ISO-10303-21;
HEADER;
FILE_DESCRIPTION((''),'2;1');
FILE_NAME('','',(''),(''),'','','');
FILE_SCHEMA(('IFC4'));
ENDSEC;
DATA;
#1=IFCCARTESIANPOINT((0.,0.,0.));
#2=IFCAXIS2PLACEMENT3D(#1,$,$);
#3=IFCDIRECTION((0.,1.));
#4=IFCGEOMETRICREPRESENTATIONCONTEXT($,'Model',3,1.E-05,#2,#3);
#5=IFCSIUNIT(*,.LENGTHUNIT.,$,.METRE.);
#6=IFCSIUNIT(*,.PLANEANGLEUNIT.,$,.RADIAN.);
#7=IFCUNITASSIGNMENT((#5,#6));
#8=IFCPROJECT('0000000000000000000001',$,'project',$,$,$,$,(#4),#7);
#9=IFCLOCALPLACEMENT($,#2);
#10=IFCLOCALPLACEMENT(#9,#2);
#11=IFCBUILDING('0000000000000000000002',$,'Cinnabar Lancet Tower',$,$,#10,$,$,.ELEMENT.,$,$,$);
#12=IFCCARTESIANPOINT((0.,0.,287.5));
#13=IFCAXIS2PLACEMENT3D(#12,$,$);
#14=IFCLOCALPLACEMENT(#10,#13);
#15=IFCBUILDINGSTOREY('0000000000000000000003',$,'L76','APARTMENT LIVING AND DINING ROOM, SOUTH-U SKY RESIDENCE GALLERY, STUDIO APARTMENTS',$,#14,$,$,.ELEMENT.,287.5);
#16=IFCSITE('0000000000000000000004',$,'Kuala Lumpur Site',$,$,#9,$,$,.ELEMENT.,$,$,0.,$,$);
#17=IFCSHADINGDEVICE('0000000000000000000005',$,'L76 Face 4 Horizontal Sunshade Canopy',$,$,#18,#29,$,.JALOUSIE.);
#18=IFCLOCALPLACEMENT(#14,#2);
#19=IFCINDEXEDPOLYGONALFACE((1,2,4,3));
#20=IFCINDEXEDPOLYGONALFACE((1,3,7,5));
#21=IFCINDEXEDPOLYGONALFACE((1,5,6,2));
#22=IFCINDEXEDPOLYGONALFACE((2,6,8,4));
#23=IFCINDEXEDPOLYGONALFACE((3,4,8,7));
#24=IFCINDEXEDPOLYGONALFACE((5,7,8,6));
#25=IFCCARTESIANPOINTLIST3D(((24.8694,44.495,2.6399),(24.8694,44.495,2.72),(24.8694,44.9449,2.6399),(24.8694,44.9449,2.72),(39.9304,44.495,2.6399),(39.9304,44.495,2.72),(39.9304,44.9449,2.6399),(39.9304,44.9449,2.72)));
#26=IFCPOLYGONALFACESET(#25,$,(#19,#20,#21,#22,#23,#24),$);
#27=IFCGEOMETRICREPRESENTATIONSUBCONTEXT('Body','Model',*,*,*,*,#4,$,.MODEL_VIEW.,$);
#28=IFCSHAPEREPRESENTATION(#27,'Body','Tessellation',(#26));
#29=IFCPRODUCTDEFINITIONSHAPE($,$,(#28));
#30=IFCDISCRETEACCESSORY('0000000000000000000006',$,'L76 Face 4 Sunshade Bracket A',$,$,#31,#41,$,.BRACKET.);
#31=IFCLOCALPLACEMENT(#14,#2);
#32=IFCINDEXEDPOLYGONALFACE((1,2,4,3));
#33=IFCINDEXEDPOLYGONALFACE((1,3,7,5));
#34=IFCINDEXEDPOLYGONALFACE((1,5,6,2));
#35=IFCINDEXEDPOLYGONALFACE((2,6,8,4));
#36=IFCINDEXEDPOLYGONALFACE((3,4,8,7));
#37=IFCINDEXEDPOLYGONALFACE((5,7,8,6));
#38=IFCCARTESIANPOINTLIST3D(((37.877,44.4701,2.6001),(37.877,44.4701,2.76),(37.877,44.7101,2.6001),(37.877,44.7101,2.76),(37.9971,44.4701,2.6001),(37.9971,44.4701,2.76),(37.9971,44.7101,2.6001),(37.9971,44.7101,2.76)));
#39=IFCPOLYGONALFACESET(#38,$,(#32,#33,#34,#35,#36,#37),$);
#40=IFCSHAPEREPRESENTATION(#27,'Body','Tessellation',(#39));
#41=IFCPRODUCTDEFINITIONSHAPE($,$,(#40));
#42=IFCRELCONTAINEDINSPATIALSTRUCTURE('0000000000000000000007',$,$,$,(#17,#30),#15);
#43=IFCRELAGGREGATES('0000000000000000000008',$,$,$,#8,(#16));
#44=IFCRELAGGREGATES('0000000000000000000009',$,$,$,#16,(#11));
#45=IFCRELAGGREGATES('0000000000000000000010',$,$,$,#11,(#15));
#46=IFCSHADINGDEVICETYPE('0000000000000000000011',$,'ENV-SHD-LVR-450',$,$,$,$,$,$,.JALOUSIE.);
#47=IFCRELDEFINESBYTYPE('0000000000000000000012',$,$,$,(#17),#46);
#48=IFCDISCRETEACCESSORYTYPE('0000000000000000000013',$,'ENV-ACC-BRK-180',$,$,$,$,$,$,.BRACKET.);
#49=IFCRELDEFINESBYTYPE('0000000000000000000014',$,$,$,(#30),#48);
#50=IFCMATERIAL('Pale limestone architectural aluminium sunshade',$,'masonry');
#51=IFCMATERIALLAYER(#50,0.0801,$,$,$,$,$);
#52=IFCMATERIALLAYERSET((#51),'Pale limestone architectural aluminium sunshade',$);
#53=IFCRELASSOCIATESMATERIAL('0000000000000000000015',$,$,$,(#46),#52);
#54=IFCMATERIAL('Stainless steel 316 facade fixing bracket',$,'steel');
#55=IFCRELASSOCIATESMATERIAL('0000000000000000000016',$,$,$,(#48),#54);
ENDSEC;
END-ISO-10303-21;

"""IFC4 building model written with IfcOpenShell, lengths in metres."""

from ifc_helpers import new_model, si_unit, direction, frame, origin, origin_2d, place, context, subcontext, project, spatial, rectangle, extrude, material, layer, layer_set, type_object, element, save


model = new_model("IFC4")

# Units and contexts
model_context = context("Model", 3, precision=1e-05, world=origin(), true_north=direction((0.0, 1.0)))
body_context = subcontext(model_context, "Body", "Model", "MODEL_VIEW")
ifc_project = project(units=[si_unit("LENGTHUNIT", "METRE"), si_unit("PLANEANGLEUNIT", "RADIAN")], contexts=[model_context])

# Site, building, storey
site_placement = place(None, origin())
site = spatial("IfcSite", under=ifc_project, at=site_placement, Name="Kuala Lumpur Site", CompositionType="ELEMENT", RefElevation=0.0)
building_placement = place(site_placement, origin())
building = spatial("IfcBuilding", under=site, at=building_placement, Name="Cinnabar Lancet Tower", CompositionType="ELEMENT")
storey_placement = place(building_placement, frame((0.0, 0.0, 287.5)))
storey = spatial("IfcBuildingStorey", under=building, at=storey_placement, Name="L76", Description="APARTMENT LIVING AND DINING ROOM, SOUTH-U SKY RESIDENCE GALLERY, STUDIO APARTMENTS", CompositionType="ELEMENT", Elevation=287.5)

# Shading device
ifc_material_1 = material(Name="Pale limestone architectural aluminium sunshade", Category="masonry")
ifc_layer_1 = layer(ifc_material_1, 0.0801)
ifc_layer_set_1 = layer_set([ifc_layer_1], Name="Pale limestone architectural aluminium sunshade")
shading_device_type = type_object("IfcShadingDeviceType", Name="ENV-SHD-LVR-450", PredefinedType="JALOUSIE", material=ifc_layer_set_1)
shading_device_placement = place(storey_placement, frame((32.3999, 44.72, 2.6399), z_axis=(0.0, 0.0, 1.0), x_axis=(-1.0, 0.0, 0.0)))
element("IfcShadingDevice", 1, at=shading_device_placement, inside=storey, type_object=shading_device_type, Name="L76 Face 4 Horizontal Sunshade Canopy", PredefinedType="JALOUSIE", context=body_context, shape_type="SweptSolid", body=[
    extrude(rectangle(XDim=15.061, YDim=0.45, at=origin_2d()), origin(), (0.0, 0.0, 1.0), 0.0801),
])

# Discrete accessory
ifc_material_2 = material(Name="Stainless steel 316 facade fixing bracket", Category="steel")
discrete_accessory_type = type_object("IfcDiscreteAccessoryType", Name="ENV-ACC-BRK-180", PredefinedType="BRACKET", material=ifc_material_2)
discrete_accessory_placement = place(storey_placement, frame((37.937, 44.5901, 2.6001), z_axis=(0.0, 0.0, 1.0), x_axis=(-1.0, 0.0, 0.0)))
element("IfcDiscreteAccessory", 2, at=discrete_accessory_placement, inside=storey, type_object=discrete_accessory_type, Name="L76 Face 4 Sunshade Bracket A", PredefinedType="BRACKET", context=body_context, shape_type="SweptSolid", body=[
    extrude(rectangle(XDim=0.1201, YDim=0.24, at=origin_2d()), origin(), (0.0, 0.0, 1.0), 0.1599),
])

save(model, "model.ifc")
